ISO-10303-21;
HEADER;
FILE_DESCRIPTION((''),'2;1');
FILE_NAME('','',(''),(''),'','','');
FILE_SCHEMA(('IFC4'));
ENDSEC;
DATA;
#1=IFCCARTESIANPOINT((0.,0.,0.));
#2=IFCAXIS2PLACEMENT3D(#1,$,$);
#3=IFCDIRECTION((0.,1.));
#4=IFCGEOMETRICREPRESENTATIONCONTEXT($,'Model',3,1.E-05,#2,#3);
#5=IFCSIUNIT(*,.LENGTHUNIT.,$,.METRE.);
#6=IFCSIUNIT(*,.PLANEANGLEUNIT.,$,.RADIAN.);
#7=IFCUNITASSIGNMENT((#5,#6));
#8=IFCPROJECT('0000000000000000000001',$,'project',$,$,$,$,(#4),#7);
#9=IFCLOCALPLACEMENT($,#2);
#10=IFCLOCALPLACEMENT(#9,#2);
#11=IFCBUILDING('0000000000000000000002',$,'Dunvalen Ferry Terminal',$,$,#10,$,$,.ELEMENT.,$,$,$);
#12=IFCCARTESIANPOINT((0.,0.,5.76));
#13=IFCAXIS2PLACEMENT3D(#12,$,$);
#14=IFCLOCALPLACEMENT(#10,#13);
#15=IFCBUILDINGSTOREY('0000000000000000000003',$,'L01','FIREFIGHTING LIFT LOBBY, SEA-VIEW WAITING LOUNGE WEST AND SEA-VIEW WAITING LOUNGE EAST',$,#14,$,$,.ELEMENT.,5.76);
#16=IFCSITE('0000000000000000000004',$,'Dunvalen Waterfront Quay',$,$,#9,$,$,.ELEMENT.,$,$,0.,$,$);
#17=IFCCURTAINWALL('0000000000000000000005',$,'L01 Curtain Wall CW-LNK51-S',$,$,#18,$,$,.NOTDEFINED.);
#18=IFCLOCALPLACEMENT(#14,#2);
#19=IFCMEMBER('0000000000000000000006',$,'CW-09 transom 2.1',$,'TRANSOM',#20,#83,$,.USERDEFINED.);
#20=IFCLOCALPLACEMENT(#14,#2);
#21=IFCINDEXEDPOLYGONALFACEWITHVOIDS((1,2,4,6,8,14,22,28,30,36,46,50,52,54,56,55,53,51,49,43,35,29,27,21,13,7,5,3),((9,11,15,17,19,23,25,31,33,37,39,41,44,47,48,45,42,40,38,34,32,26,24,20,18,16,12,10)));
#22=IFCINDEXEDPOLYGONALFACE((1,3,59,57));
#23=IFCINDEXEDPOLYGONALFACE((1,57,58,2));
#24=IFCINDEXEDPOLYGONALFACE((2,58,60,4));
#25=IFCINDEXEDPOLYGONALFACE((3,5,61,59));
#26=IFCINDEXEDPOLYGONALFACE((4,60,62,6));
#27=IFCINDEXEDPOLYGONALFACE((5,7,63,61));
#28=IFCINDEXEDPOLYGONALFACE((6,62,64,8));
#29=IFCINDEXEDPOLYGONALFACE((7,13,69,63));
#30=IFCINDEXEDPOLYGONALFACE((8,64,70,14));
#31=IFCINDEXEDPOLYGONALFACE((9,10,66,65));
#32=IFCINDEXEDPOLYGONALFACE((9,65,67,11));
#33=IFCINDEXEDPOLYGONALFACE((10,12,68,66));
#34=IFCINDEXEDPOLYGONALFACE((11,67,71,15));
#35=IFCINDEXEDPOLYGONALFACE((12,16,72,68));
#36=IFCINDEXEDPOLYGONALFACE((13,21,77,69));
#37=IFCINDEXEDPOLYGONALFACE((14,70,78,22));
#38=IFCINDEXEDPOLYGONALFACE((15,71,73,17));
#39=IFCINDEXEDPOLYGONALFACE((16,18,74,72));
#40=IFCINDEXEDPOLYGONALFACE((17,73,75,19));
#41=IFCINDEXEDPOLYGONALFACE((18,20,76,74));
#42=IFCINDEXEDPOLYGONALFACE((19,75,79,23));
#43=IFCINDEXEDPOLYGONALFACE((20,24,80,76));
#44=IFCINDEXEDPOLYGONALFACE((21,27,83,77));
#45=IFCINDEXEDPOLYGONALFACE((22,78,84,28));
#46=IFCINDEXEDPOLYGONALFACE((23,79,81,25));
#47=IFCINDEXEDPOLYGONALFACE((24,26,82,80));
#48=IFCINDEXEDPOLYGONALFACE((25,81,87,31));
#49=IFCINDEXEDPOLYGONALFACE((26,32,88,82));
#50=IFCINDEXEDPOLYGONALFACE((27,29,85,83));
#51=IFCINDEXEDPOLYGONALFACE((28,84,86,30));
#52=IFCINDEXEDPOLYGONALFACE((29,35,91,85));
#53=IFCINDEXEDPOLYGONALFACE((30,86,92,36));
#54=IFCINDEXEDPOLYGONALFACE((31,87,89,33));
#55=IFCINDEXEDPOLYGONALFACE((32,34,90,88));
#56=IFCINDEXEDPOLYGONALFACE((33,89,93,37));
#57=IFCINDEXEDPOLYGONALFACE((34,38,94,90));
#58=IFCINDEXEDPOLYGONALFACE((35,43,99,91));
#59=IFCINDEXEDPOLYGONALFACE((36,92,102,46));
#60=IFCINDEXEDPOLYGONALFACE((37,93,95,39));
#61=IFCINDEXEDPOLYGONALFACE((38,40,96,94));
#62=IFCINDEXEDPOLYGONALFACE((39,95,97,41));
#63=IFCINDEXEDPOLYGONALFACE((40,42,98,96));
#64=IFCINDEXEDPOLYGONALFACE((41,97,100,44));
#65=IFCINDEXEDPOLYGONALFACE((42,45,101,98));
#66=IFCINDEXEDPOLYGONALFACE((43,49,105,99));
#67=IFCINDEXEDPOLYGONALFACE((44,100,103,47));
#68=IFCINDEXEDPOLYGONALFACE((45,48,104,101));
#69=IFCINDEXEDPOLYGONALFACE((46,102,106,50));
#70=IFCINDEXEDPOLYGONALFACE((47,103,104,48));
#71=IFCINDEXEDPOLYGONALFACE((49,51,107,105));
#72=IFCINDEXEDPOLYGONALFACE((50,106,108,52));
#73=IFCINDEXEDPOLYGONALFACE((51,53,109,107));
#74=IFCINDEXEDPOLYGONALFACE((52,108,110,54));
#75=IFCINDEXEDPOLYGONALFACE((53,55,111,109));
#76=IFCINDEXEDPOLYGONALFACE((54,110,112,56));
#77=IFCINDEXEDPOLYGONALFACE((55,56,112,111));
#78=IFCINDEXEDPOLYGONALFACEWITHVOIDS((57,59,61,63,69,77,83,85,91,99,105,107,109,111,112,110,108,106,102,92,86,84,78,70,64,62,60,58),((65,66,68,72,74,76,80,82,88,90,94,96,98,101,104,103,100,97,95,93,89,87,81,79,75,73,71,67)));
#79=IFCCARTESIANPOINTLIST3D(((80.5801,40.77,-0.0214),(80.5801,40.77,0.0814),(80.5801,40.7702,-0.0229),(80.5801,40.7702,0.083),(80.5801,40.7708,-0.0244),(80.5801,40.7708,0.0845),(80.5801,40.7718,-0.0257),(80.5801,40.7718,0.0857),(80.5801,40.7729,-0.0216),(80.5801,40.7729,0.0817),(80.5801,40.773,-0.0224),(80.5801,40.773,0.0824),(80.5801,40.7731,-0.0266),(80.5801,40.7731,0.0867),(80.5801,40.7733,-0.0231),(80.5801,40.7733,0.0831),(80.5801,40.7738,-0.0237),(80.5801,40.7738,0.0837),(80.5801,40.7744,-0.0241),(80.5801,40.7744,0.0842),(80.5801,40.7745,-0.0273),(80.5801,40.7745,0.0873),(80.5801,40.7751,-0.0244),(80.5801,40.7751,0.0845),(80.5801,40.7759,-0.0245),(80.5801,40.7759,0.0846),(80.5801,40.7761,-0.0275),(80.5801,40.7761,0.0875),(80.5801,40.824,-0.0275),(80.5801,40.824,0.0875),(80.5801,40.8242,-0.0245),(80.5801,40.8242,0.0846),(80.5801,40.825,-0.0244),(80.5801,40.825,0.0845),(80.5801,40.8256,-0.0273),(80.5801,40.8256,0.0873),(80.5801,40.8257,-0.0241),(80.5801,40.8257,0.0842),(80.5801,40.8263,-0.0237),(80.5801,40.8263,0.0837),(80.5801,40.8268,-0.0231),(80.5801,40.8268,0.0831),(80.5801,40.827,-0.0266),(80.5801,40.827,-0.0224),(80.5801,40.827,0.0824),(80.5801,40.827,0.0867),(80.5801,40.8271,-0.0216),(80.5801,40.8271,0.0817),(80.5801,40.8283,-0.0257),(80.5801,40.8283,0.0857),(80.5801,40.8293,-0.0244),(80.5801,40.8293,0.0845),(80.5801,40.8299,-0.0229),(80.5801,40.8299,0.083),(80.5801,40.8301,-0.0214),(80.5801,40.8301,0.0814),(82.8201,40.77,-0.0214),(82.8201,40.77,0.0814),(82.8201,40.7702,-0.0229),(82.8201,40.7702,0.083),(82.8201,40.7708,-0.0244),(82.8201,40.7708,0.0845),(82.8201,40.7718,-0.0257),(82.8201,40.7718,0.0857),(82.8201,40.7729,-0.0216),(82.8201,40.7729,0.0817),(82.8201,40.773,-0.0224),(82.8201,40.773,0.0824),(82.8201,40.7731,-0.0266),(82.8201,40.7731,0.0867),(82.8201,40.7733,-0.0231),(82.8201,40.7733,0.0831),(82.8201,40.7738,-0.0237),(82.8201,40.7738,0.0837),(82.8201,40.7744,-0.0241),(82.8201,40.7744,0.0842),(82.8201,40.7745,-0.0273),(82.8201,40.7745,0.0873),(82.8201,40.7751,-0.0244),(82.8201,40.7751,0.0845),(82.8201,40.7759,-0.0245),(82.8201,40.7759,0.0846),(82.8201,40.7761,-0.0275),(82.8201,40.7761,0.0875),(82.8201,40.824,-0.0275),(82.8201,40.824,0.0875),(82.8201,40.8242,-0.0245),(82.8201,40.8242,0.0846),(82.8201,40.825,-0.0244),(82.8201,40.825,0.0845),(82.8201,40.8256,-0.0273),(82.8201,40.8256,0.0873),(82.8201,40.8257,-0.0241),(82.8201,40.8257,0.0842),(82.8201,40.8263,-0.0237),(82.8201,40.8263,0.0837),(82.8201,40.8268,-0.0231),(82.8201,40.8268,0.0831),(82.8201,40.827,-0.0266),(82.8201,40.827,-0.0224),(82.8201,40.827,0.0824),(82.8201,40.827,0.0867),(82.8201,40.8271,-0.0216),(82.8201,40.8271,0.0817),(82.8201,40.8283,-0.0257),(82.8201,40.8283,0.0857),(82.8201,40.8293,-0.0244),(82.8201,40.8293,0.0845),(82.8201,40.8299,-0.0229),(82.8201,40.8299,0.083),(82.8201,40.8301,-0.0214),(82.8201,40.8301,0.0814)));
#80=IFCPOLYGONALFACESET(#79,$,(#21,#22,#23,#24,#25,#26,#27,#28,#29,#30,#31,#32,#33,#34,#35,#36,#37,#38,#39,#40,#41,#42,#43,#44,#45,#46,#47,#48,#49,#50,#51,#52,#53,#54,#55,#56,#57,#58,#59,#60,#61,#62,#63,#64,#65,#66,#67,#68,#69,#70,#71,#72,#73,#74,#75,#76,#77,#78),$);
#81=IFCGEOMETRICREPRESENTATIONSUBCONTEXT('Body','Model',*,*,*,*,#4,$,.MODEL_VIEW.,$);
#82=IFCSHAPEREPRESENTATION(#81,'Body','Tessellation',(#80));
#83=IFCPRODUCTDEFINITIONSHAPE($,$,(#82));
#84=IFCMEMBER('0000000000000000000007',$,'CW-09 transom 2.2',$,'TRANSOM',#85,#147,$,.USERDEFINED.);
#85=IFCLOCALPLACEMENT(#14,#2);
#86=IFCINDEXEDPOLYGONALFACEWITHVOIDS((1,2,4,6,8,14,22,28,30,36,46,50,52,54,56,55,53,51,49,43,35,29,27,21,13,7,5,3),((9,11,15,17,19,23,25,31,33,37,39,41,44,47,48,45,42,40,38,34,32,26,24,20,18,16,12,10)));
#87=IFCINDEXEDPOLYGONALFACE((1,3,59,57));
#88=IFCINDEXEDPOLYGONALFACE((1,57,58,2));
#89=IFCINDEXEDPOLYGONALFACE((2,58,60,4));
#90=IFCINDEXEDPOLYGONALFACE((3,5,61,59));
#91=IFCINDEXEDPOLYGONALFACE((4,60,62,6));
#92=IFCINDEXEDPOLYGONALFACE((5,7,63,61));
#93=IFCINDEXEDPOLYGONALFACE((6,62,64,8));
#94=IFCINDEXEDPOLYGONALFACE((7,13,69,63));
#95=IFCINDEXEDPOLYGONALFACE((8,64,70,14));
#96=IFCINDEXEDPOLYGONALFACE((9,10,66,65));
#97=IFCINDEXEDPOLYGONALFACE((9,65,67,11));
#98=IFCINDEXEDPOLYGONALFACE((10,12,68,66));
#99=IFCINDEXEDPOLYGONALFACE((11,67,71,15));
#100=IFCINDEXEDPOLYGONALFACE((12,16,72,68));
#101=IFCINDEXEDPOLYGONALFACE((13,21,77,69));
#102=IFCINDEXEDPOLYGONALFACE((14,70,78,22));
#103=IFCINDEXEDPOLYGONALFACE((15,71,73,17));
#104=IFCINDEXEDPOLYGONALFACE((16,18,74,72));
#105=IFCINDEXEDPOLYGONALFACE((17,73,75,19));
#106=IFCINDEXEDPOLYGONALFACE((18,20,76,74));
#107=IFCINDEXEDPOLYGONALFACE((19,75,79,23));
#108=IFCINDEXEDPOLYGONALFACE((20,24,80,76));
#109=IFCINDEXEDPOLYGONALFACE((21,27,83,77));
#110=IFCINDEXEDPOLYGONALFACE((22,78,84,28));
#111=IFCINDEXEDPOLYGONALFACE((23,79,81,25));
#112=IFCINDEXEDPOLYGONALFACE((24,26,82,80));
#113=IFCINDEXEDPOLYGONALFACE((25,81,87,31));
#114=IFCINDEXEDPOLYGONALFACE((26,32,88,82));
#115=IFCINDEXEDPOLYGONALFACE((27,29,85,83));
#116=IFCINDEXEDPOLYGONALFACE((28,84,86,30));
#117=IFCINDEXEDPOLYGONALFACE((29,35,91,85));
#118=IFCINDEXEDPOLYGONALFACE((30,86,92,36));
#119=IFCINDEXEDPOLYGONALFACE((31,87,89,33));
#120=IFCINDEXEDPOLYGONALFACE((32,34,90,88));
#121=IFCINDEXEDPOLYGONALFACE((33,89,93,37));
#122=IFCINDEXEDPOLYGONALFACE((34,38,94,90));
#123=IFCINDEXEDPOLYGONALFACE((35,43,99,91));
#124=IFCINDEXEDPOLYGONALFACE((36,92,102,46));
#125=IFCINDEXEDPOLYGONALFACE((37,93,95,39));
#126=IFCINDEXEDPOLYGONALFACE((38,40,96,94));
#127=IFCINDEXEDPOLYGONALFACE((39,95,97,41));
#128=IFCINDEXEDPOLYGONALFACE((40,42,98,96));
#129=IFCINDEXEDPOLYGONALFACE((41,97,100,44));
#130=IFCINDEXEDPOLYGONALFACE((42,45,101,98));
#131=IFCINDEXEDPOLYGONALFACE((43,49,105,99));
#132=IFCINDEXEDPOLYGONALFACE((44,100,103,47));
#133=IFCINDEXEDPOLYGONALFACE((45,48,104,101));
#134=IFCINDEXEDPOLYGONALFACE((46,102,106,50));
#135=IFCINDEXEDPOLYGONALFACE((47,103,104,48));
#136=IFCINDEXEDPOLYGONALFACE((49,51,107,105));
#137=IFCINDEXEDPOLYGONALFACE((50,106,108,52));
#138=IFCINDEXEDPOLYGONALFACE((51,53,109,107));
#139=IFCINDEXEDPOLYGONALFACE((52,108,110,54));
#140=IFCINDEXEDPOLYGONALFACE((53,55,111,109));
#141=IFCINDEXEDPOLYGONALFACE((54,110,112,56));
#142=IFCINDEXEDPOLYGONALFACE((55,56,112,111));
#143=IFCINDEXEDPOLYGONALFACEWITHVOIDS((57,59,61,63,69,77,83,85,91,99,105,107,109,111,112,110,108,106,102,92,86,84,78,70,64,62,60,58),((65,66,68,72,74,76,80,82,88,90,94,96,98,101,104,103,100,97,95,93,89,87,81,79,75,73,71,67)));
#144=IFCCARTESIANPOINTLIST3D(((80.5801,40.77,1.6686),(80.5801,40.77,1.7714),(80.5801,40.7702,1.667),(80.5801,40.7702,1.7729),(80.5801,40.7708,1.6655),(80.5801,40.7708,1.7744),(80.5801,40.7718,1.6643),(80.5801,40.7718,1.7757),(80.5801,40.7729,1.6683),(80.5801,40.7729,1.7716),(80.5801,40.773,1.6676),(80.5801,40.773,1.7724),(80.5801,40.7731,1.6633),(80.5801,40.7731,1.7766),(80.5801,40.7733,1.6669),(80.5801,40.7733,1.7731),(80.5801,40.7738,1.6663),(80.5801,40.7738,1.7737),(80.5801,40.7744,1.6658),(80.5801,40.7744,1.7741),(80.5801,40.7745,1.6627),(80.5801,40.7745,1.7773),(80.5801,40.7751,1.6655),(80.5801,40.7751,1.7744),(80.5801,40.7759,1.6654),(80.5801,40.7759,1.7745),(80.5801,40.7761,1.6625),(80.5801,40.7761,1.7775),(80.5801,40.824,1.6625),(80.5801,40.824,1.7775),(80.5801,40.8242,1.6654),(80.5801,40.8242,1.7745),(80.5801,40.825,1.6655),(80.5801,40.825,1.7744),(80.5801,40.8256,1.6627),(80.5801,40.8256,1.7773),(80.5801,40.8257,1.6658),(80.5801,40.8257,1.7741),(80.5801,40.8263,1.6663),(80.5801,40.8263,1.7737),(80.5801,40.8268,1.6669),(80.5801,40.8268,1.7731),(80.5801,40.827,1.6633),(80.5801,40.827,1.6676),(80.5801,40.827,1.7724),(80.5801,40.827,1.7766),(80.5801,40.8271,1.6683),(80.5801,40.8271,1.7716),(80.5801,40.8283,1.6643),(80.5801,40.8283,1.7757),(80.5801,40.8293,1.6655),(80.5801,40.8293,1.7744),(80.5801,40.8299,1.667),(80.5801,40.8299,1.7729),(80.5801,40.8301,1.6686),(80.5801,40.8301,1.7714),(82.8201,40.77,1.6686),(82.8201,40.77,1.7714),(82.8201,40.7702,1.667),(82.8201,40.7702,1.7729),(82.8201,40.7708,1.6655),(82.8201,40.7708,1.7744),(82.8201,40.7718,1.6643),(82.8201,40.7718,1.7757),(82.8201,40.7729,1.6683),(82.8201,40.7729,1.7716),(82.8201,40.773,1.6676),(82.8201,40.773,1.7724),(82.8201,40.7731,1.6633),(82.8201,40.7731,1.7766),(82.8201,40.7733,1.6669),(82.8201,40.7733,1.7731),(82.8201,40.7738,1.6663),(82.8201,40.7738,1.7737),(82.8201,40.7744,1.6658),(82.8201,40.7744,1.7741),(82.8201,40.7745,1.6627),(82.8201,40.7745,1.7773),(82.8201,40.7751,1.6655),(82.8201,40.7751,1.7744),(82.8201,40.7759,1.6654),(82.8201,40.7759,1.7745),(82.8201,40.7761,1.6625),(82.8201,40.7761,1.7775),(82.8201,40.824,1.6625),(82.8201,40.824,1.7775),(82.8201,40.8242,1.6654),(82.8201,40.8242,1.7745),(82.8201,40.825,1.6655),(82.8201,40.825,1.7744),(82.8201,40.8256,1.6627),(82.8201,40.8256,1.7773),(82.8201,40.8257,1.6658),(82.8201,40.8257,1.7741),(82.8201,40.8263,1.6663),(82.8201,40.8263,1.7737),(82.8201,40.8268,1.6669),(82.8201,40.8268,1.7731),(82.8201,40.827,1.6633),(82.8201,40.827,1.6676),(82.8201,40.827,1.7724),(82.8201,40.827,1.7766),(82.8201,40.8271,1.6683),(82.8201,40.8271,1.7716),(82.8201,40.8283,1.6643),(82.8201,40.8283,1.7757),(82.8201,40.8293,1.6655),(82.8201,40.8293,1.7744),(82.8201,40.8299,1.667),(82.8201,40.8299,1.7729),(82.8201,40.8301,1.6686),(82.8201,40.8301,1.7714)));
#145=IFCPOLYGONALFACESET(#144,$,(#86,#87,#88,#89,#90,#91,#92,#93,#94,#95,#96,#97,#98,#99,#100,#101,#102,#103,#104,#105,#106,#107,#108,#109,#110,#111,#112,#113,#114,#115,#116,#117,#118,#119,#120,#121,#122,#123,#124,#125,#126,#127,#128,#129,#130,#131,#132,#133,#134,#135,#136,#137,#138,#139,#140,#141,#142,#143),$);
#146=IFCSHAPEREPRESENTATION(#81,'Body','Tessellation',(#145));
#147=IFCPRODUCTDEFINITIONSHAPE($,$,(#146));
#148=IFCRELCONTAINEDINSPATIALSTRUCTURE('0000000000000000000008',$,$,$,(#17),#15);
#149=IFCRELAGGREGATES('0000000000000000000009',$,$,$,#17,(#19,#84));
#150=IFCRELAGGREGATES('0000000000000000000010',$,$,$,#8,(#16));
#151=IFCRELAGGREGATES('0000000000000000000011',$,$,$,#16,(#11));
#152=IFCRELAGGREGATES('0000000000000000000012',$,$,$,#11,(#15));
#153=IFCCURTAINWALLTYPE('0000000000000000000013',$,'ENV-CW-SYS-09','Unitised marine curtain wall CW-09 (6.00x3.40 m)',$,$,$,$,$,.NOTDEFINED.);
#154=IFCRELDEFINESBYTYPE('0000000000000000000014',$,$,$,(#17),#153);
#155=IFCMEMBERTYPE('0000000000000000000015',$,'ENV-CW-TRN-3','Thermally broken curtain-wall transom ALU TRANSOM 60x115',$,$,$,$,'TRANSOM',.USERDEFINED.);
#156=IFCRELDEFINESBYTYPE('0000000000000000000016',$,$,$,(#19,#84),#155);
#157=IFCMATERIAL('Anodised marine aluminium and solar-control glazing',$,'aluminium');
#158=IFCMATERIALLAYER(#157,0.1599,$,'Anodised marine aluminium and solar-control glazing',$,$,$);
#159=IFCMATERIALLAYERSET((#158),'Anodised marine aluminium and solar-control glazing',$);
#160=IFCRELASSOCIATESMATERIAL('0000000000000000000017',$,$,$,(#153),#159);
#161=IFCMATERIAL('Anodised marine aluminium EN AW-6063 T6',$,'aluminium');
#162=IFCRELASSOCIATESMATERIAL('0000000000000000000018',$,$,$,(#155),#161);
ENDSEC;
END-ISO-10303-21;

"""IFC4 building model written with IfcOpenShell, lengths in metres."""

from ifc_helpers import new_model, si_unit, direction, frame, origin, origin_2d, place, context, subcontext, project, spatial, hollow_rectangle, extrude, material, layer, layer_set, material_profile, profile_set, type_object, element, aggregate, save


model = new_model("IFC4")

# Units and contexts
model_context = context("Model", 3, precision=1e-05, world=origin(), true_north=direction((0.0, 1.0)))
body_context = subcontext(model_context, "Body", "Model", "MODEL_VIEW")
ifc_project = project(units=[si_unit("LENGTHUNIT", "METRE"), si_unit("PLANEANGLEUNIT", "RADIAN")], contexts=[model_context])

# Site, building, storey
site_placement = place(None, origin())
site = spatial("IfcSite", under=ifc_project, at=site_placement, Name="Dunvalen Waterfront Quay", CompositionType="ELEMENT", RefElevation=0.0)
building_placement = place(site_placement, origin())
building = spatial("IfcBuilding", under=site, at=building_placement, Name="Dunvalen Ferry Terminal", CompositionType="ELEMENT")
storey_placement = place(building_placement, frame((0.0, 0.0, 5.76)))
storey = spatial("IfcBuildingStorey", under=building, at=storey_placement, Name="L01", Description="FIREFIGHTING LIFT LOBBY, SEA-VIEW WAITING LOUNGE WEST AND SEA-VIEW WAITING LOUNGE EAST", CompositionType="ELEMENT", Elevation=5.76)

# Curtain wall
ifc_material_1 = material(Name="Anodised marine aluminium and solar-control glazing", Category="aluminium")
ifc_material_2 = material(Name="Anodised marine aluminium EN AW-6063 T6", Category="aluminium")
ifc_layer_1 = layer(ifc_material_1, 0.1599, Name="Anodised marine aluminium and solar-control glazing")
ifc_layer_set_1 = layer_set([ifc_layer_1], Name="Anodised marine aluminium and solar-control glazing")
curtain_wall_type_1 = type_object("IfcCurtainWallType", Name="ENV-CW-SYS-09", Description="Unitised marine curtain wall CW-09 (6.00x3.40 m)", PredefinedType="NOTDEFINED", material=ifc_layer_set_1)
curtain_wall_1_placement = place(storey_placement, origin())
curtain_wall_1 = element("IfcCurtainWall", 1, at=curtain_wall_1_placement, inside=storey, type_object=curtain_wall_type_1, Name="L01 Curtain Wall CW-LNK51-S", PredefinedType="NOTDEFINED")

# Members
ifc_material_profile_1 = material_profile(ifc_material_2, hollow_rectangle(XDim=0.0601, YDim=0.115, WallThickness=0.0029, InnerFilletRadius=0.0029, OuterFilletRadius=0.0061, at=origin_2d()), Name="Anodised marine aluminium EN AW-6063 T6")
ifc_profile_set_1 = profile_set([ifc_material_profile_1], Name="Anodised marine aluminium EN AW-6063 T6")
member_type_1 = type_object("IfcMemberType", Name="ENV-CW-TRN-3", Description="Thermally broken curtain-wall transom ALU TRANSOM 60x115", ElementType="TRANSOM", PredefinedType="USERDEFINED", material=ifc_profile_set_1)
member_1_placement = place(storey_placement, frame((80.5801, 40.8, 0.03), z_axis=(1.0, 0.0, 0.0), x_axis=(0.0, 1.0, 0.0)))
member_1 = element("IfcMember", 2, at=member_1_placement, type_object=member_type_1, Name="CW-09 transom 2.1", ObjectType="TRANSOM", PredefinedType="USERDEFINED", context=body_context, shape_type="SweptSolid", body=[
    extrude(hollow_rectangle(XDim=0.0601, YDim=0.115, WallThickness=0.0029, InnerFilletRadius=0.0029, OuterFilletRadius=0.0061, at=origin_2d()), origin(), (0.0, 0.0, 1.0), 2.24),
])
member_2_placement = place(storey_placement, frame((80.5801, 40.8, 1.72), z_axis=(1.0, 0.0, 0.0), x_axis=(0.0, 1.0, 0.0)))
member_2 = element("IfcMember", 3, at=member_2_placement, type_object=member_type_1, Name="CW-09 transom 2.2", ObjectType="TRANSOM", PredefinedType="USERDEFINED", context=body_context, shape_type="SweptSolid", body=[
    extrude(hollow_rectangle(XDim=0.0601, YDim=0.115, WallThickness=0.0029, InnerFilletRadius=0.0029, OuterFilletRadius=0.0061, at=origin_2d()), origin(), (0.0, 0.0, 1.0), 2.24),
])

aggregate(curtain_wall_1, [member_1, member_2])

save(model, "model.ifc")
